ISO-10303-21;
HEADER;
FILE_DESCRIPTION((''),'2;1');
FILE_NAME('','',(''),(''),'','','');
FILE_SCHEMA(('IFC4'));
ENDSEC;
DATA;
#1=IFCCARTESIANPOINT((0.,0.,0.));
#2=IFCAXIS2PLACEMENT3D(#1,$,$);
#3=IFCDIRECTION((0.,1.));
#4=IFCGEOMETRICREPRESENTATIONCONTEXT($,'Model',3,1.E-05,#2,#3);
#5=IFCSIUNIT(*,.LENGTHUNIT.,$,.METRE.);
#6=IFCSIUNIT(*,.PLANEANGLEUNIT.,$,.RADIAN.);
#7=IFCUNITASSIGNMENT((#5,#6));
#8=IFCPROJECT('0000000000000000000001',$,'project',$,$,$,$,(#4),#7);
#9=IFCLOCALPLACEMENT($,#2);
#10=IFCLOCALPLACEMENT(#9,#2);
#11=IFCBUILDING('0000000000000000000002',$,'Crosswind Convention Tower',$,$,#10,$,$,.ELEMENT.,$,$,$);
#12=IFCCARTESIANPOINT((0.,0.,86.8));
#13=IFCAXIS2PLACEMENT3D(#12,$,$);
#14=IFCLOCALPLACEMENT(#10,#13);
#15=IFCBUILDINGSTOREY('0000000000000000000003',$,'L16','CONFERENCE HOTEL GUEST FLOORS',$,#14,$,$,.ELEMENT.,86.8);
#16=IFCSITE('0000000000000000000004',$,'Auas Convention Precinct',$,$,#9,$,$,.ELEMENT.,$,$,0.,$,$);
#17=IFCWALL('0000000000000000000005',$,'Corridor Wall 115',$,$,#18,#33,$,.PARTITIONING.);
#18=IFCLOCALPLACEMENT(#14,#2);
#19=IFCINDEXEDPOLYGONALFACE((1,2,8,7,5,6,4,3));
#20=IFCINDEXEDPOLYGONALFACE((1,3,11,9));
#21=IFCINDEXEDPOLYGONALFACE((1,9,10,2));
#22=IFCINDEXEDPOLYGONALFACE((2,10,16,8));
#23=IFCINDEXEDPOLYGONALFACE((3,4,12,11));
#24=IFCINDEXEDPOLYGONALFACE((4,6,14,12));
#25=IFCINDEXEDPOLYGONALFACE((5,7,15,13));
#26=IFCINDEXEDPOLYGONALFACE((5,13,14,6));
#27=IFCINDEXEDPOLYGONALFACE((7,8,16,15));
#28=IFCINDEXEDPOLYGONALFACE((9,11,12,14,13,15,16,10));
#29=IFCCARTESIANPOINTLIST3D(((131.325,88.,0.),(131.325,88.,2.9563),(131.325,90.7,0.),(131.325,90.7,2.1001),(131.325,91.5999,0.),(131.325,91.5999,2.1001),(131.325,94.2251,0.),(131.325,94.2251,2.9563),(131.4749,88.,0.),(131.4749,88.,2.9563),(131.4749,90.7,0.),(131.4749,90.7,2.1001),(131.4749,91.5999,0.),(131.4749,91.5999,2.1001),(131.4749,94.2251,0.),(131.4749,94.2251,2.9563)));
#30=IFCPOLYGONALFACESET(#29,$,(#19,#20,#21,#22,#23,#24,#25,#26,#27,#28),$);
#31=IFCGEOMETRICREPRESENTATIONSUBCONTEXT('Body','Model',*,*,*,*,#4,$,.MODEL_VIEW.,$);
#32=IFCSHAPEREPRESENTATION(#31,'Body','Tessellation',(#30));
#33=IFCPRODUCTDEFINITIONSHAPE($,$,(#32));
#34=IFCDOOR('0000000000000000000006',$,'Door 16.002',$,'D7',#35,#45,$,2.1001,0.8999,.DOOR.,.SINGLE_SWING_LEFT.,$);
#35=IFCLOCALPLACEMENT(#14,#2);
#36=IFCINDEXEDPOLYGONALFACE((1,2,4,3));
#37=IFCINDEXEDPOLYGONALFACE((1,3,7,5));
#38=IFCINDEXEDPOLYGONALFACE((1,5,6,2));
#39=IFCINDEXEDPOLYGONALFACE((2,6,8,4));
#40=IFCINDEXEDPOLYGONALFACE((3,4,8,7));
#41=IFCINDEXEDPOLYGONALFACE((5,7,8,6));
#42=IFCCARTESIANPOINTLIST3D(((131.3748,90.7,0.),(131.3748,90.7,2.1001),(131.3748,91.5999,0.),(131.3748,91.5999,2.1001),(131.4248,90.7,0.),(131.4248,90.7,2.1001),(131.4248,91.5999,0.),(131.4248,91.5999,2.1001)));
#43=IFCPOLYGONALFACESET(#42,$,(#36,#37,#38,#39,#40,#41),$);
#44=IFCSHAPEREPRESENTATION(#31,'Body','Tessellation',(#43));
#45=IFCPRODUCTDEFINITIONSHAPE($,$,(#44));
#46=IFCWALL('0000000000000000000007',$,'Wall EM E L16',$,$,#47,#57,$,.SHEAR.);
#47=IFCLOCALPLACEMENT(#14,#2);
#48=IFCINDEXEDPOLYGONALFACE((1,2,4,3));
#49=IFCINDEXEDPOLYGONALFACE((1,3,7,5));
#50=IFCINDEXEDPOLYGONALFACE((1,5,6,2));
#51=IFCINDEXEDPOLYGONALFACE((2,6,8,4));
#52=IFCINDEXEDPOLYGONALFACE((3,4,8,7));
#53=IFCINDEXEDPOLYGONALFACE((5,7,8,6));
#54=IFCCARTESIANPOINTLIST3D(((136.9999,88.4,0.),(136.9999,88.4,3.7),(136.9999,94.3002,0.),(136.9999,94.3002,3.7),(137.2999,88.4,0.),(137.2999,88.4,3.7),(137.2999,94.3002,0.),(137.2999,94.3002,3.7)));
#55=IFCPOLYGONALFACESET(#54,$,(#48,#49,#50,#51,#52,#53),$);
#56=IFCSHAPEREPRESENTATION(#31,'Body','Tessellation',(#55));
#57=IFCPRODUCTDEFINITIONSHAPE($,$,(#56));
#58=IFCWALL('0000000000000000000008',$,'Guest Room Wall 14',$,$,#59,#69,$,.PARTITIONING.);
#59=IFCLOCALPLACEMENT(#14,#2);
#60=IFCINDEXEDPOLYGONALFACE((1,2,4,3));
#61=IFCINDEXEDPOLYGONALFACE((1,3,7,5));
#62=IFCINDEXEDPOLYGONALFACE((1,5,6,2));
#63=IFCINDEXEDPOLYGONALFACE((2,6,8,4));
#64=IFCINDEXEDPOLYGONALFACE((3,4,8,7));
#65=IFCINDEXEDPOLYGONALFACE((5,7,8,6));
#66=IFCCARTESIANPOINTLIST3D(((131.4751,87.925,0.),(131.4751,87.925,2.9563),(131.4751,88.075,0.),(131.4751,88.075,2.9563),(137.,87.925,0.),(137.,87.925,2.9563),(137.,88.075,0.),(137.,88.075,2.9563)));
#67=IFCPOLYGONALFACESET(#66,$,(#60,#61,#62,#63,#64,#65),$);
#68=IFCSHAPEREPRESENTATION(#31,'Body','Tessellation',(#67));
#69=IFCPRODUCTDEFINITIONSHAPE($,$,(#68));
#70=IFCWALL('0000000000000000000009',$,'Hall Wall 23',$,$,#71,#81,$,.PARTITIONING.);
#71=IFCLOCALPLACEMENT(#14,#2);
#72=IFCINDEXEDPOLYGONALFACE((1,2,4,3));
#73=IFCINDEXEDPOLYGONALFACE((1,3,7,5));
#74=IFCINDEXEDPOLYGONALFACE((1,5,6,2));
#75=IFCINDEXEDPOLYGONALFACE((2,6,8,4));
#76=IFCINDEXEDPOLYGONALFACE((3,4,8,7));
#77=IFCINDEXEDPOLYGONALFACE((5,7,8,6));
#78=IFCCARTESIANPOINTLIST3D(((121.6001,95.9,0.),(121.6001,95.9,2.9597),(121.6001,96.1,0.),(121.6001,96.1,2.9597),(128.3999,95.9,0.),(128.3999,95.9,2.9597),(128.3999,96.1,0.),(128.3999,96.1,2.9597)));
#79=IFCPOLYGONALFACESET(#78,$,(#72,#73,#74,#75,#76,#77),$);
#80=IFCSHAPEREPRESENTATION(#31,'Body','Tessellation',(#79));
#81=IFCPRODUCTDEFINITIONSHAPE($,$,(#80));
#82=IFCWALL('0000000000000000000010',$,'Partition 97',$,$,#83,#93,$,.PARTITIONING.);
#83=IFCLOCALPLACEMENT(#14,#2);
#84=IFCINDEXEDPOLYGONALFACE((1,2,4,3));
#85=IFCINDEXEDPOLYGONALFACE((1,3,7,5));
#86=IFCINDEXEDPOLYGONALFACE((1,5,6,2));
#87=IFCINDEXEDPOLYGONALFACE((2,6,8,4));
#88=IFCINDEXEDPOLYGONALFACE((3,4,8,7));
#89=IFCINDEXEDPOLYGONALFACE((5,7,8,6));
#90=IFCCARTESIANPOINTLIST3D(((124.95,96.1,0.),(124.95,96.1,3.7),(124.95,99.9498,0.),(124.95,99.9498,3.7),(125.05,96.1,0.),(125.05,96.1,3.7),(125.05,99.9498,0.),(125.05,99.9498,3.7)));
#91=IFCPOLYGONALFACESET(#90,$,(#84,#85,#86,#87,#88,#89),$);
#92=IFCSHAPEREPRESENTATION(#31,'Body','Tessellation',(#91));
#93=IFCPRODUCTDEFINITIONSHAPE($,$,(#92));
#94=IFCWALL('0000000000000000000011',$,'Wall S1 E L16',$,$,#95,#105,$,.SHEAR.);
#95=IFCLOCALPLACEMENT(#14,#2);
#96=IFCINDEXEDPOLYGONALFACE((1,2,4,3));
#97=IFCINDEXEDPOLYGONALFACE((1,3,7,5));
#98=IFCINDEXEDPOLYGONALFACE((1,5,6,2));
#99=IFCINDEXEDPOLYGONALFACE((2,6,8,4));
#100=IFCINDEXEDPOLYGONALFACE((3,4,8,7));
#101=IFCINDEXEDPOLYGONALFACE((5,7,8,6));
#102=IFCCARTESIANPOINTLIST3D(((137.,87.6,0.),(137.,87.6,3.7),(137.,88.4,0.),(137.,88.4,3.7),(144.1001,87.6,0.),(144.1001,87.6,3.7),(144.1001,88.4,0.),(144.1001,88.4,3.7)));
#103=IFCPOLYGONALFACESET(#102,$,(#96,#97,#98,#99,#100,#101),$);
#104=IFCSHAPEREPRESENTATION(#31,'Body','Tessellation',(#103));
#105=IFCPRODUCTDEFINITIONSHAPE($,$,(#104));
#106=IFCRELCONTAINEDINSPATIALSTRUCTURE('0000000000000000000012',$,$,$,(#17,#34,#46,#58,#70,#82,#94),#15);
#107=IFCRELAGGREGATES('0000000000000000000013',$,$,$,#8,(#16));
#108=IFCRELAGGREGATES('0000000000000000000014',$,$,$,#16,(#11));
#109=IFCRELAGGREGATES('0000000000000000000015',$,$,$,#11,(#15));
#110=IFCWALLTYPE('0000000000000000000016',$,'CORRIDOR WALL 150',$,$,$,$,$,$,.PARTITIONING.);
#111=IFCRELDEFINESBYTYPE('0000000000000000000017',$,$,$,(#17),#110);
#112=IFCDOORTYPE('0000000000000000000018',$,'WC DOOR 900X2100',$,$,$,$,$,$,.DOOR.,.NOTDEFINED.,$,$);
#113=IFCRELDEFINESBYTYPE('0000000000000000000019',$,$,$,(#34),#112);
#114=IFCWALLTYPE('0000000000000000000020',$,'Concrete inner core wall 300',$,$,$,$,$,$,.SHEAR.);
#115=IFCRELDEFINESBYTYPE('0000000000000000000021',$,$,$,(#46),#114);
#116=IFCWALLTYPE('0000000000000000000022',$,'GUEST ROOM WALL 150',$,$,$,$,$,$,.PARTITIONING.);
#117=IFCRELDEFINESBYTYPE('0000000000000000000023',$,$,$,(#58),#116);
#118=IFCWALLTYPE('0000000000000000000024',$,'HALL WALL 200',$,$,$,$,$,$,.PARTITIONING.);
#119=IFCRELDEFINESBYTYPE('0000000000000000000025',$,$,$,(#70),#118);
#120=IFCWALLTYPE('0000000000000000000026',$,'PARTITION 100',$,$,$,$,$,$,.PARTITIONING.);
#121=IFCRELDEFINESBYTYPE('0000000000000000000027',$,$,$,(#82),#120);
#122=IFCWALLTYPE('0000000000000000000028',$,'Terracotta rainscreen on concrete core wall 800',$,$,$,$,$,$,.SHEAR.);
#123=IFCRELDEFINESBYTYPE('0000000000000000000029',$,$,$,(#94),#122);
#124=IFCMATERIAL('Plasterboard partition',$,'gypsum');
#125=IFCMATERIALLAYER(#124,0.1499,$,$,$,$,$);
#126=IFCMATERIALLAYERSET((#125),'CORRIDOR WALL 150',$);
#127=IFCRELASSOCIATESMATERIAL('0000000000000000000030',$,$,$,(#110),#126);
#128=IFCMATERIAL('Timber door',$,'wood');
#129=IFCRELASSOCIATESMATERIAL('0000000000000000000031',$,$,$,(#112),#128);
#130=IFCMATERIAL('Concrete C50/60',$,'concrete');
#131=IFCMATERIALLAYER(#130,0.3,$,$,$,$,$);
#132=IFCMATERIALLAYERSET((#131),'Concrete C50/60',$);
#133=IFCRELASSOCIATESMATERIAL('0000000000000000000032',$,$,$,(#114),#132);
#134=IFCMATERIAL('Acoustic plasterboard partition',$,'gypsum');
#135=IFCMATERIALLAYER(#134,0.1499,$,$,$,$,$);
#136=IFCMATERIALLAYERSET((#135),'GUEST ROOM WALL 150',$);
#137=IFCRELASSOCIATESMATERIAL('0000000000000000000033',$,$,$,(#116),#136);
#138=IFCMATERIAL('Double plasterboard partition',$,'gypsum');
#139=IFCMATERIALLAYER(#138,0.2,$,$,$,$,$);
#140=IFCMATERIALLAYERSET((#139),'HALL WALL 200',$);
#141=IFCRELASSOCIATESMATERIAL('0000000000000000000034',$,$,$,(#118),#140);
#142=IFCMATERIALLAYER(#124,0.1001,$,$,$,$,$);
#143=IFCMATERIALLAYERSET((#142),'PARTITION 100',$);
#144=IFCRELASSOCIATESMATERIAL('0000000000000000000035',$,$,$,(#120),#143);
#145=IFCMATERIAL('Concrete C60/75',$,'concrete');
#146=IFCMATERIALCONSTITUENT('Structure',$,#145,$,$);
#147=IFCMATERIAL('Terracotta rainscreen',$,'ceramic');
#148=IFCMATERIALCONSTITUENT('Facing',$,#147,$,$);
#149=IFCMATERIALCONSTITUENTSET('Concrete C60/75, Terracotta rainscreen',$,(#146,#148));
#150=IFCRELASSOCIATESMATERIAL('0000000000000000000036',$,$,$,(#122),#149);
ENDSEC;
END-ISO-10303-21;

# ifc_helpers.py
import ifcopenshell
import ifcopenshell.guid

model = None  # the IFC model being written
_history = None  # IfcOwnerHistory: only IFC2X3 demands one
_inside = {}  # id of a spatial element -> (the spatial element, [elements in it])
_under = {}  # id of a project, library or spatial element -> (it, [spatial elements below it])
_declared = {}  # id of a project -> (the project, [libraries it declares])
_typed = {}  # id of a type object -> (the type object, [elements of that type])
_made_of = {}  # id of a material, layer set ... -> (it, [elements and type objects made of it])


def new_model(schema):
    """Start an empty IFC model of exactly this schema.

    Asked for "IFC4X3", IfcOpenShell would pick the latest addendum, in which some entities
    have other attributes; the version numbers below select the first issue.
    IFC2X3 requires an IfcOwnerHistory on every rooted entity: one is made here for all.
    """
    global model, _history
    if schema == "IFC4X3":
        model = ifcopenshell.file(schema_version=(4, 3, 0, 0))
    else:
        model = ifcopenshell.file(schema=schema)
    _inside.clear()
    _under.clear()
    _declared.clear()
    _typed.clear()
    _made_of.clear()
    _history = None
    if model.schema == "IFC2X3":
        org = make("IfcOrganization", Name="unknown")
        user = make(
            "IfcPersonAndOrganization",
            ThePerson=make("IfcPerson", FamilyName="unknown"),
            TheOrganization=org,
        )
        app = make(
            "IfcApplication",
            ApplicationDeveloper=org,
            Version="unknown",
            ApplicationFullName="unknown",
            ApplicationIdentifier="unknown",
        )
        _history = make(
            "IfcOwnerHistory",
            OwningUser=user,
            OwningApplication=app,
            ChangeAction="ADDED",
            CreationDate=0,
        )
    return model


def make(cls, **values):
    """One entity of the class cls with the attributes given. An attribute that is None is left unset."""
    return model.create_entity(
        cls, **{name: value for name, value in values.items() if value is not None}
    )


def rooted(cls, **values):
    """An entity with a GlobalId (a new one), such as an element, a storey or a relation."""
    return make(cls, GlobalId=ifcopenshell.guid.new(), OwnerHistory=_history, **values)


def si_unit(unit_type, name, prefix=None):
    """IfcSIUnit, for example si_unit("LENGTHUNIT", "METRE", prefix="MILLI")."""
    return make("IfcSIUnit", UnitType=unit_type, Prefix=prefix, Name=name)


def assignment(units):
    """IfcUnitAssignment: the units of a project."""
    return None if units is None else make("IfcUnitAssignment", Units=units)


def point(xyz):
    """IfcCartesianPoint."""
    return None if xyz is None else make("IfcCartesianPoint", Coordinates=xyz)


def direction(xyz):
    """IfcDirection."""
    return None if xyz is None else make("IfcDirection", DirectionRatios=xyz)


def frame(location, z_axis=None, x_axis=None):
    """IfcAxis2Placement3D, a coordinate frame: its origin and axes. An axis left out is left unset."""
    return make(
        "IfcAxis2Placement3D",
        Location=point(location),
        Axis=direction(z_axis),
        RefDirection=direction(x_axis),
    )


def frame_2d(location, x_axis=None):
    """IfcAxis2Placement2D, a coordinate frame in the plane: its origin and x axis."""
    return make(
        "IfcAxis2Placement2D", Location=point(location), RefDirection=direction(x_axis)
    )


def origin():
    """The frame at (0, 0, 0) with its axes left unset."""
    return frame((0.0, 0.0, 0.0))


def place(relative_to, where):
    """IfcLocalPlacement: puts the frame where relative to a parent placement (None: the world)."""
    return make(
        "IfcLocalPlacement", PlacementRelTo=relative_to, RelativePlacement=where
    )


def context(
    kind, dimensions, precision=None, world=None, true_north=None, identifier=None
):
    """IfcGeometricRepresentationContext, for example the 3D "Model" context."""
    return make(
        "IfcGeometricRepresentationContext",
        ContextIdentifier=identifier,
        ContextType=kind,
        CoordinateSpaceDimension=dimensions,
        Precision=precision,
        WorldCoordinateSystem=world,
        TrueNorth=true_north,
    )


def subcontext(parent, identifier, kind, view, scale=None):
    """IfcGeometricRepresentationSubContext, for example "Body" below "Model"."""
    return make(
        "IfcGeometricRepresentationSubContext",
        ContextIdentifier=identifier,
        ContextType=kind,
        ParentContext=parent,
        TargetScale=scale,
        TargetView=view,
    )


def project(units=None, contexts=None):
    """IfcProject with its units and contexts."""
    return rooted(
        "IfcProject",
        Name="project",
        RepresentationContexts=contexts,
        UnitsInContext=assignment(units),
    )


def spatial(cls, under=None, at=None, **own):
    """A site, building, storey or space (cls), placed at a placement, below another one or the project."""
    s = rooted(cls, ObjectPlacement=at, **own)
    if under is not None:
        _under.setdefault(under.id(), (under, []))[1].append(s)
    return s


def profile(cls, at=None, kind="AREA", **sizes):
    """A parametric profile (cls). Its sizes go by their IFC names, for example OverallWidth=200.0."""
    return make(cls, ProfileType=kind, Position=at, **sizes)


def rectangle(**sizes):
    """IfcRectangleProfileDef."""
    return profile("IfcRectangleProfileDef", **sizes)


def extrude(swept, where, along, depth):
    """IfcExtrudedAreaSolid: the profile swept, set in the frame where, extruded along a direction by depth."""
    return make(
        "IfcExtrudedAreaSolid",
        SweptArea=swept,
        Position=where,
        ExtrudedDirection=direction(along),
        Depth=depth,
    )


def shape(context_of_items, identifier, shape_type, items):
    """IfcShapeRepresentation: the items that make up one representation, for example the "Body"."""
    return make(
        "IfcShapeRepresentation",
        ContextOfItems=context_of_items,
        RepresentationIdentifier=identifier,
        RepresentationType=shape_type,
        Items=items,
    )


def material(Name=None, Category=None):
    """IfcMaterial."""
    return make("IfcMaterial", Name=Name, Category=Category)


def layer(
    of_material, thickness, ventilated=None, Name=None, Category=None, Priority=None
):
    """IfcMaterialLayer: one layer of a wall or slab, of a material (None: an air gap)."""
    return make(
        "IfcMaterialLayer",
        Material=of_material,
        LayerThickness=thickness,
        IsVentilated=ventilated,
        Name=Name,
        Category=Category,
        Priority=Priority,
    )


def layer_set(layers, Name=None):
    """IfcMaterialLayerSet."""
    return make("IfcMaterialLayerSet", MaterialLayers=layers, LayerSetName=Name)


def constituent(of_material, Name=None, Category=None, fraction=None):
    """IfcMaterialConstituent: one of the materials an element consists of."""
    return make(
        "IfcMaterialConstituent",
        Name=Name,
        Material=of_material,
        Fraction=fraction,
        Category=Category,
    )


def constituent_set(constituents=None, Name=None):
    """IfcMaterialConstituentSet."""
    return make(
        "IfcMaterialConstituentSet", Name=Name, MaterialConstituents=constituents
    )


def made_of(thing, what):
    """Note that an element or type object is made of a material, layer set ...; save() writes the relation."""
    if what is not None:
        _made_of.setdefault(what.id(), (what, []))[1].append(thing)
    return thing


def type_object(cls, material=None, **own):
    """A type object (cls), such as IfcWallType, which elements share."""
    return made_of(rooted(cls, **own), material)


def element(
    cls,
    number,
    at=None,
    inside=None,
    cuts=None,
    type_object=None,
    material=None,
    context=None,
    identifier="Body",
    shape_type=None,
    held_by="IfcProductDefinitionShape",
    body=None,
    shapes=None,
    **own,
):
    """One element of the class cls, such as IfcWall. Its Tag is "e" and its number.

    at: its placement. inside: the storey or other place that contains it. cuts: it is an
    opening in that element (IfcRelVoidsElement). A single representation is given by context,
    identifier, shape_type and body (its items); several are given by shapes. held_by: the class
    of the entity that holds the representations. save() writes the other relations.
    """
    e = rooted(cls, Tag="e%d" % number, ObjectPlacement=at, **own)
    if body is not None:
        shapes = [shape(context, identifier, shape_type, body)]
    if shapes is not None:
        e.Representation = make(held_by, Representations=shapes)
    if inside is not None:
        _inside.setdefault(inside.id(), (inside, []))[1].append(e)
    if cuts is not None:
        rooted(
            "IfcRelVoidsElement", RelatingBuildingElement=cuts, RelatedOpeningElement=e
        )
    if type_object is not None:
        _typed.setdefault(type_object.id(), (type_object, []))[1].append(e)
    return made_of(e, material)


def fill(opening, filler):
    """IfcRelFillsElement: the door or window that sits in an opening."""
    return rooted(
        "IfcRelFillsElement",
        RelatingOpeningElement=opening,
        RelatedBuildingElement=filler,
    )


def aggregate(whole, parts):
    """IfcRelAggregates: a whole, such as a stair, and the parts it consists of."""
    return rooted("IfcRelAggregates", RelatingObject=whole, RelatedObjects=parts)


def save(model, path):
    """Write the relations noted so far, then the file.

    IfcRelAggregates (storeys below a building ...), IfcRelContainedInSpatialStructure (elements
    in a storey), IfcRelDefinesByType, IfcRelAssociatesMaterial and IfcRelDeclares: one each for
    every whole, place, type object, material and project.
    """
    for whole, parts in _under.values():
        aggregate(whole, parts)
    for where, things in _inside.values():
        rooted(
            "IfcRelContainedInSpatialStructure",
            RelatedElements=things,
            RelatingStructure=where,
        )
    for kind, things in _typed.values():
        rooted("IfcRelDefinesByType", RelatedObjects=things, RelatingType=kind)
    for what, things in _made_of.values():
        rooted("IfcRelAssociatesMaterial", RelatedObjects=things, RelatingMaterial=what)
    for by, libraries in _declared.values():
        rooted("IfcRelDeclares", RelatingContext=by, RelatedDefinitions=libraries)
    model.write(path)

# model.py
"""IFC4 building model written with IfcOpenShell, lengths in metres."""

from ifc_helpers import new_model, si_unit, direction, frame, frame_2d, origin, place, context, subcontext, project, spatial, rectangle, extrude, material, layer, layer_set, constituent, constituent_set, type_object, element, fill, save


model = new_model("IFC4")

# Units and contexts
model_context = context("Model", 3, precision=1e-05, world=origin(), true_north=direction((0.0, 1.0)))
body_context = subcontext(model_context, "Body", "Model", "MODEL_VIEW")
ifc_project = project(units=[si_unit("LENGTHUNIT", "METRE"), si_unit("PLANEANGLEUNIT", "RADIAN")], contexts=[model_context])

# Site, building, storey
site_placement = place(None, origin())
site = spatial("IfcSite", under=ifc_project, at=site_placement, Name="Auas Convention Precinct", CompositionType="ELEMENT", RefElevation=0.0)
building_placement = place(site_placement, origin())
building = spatial("IfcBuilding", under=site, at=building_placement, Name="Crosswind Convention Tower", CompositionType="ELEMENT")
storey_placement = place(building_placement, frame((0.0, 0.0, 86.8)))
storey = spatial("IfcBuildingStorey", under=building, at=storey_placement, Name="L16", Description="CONFERENCE HOTEL GUEST FLOORS", CompositionType="ELEMENT", Elevation=86.8)

# Shared definitions
ifc_material_1 = material(Name="Plasterboard partition", Category="gypsum")
ifc_layer_1 = layer(ifc_material_1, 0.1499)
ifc_layer_set_1 = layer_set([ifc_layer_1], Name="CORRIDOR WALL 150")
wall_type_1 = type_object("IfcWallType", Name="CORRIDOR WALL 150", PredefinedType="PARTITIONING", material=ifc_layer_set_1)

# Wall, opening, door
wall_1_placement = place(storey_placement, frame((131.3999, 88.0, 0.0), z_axis=(0.0, 0.0, 1.0), x_axis=(0.0, 1.0, 0.0)))
wall_1 = element("IfcWall", 1, at=wall_1_placement, inside=storey, type_object=wall_type_1, Name="Corridor Wall 115", PredefinedType="PARTITIONING", context=body_context, shape_type="SweptSolid", body=[
    extrude(rectangle(XDim=6.2251, YDim=0.1499, at=frame_2d((3.1125, 0.0))), origin(), (0.0, 0.0, 1.0), 2.9563),
])
opening_1_placement = place(wall_1_placement, frame((2.7, 0.0, 0.0)))
opening_1 = element("IfcOpeningElement", 2, at=opening_1_placement, cuts=wall_1, PredefinedType="OPENING", context=body_context, shape_type="SweptSolid", body=[
    extrude(rectangle(XDim=0.8999, YDim=2.1001, at=frame_2d((0.45, 1.05))), frame((0.0, 0.085, 0.0), z_axis=(0.0, -1.0, 0.0), x_axis=(1.0, 0.0, 0.0)), (0.0, 0.0, 1.0), 0.1699),
])
ifc_material_2 = material(Name="Timber door", Category="wood")
door_type_1 = type_object("IfcDoorType", Name="WC DOOR 900X2100", OperationType="NOTDEFINED", PredefinedType="DOOR", material=ifc_material_2)
door_1_placement = place(opening_1_placement, frame((0.8999, 0.0, 0.0), z_axis=(0.0, 0.0, 1.0), x_axis=(-1.0, 0.0, 0.0)))
door_1 = element("IfcDoor", 3, at=door_1_placement, inside=storey, type_object=door_type_1, Name="Door 16.002", ObjectType="D7", OperationType="SINGLE_SWING_LEFT", OverallHeight=2.1001, OverallWidth=0.8999, PredefinedType="DOOR", context=body_context, shape_type="SweptSolid", body=[
    extrude(rectangle(XDim=0.8999, YDim=2.1001, at=frame_2d((0.45, 1.05))), frame((0.0, 0.0249, 0.0), z_axis=(0.0, -1.0, 0.0), x_axis=(1.0, 0.0, 0.0)), (0.0, 0.0, 1.0), 0.05),
])
fill(opening_1, door_1)

# Shared definitions
ifc_material_3 = material(Name="Concrete C50/60", Category="concrete")
ifc_layer_2 = layer(ifc_material_3, 0.3)
ifc_layer_set_2 = layer_set([ifc_layer_2], Name="Concrete C50/60")
wall_type_2 = type_object("IfcWallType", Name="Concrete inner core wall 300", PredefinedType="SHEAR", material=ifc_layer_set_2)

# Walls
wall_2_placement = place(storey_placement, frame((137.1499, 88.3999, 0.0), z_axis=(0.0, 0.0, 1.0), x_axis=(0.0, 1.0, 0.0)))
element("IfcWall", 4, at=wall_2_placement, inside=storey, type_object=wall_type_2, Name="Wall EM E L16", PredefinedType="SHEAR", context=body_context, shape_type="SweptSolid", body=[
    extrude(rectangle(XDim=5.9001, YDim=0.3, at=frame_2d((2.9502, 0.0))), origin(), (0.0, 0.0, 1.0), 3.7),
])
ifc_material_4 = material(Name="Acoustic plasterboard partition", Category="gypsum")
ifc_layer_3 = layer(ifc_material_4, 0.1499)
ifc_layer_set_3 = layer_set([ifc_layer_3], Name="GUEST ROOM WALL 150")
wall_type_3 = type_object("IfcWallType", Name="GUEST ROOM WALL 150", PredefinedType="PARTITIONING", material=ifc_layer_set_3)
wall_3_placement = place(storey_placement, frame((131.4751, 88.0, 0.0), z_axis=(0.0, 0.0, 1.0), x_axis=(1.0, 0.0, 0.0)))
element("IfcWall", 5, at=wall_3_placement, inside=storey, type_object=wall_type_3, Name="Guest Room Wall 14", PredefinedType="PARTITIONING", context=body_context, shape_type="SweptSolid", body=[
    extrude(rectangle(XDim=5.5249, YDim=0.1499, at=frame_2d((2.7625, 0.0))), origin(), (0.0, 0.0, 1.0), 2.9563),
])
ifc_material_5 = material(Name="Double plasterboard partition", Category="gypsum")
ifc_layer_4 = layer(ifc_material_5, 0.2)
ifc_layer_set_4 = layer_set([ifc_layer_4], Name="HALL WALL 200")
wall_type_4 = type_object("IfcWallType", Name="HALL WALL 200", PredefinedType="PARTITIONING", material=ifc_layer_set_4)
wall_4_placement = place(storey_placement, frame((121.6001, 96.0, 0.0), z_axis=(0.0, 0.0, 1.0), x_axis=(1.0, 0.0, 0.0)))
element("IfcWall", 6, at=wall_4_placement, inside=storey, type_object=wall_type_4, Name="Hall Wall 23", PredefinedType="PARTITIONING", context=body_context, shape_type="SweptSolid", body=[
    extrude(rectangle(XDim=6.7998, YDim=0.2, at=frame_2d((3.3999, 0.0))), origin(), (0.0, 0.0, 1.0), 2.9597),
])

# Walls
ifc_layer_5 = layer(ifc_material_1, 0.1001)
ifc_layer_set_5 = layer_set([ifc_layer_5], Name="PARTITION 100")
wall_type_5 = type_object("IfcWallType", Name="PARTITION 100", PredefinedType="PARTITIONING", material=ifc_layer_set_5)
wall_5_placement = place(storey_placement, frame((125.0, 96.1001, 0.0), z_axis=(0.0, 0.0, 1.0), x_axis=(0.0, 1.0, 0.0)))
element("IfcWall", 7, at=wall_5_placement, inside=storey, type_object=wall_type_5, Name="Partition 97", PredefinedType="PARTITIONING", context=body_context, shape_type="SweptSolid", body=[
    extrude(rectangle(XDim=3.8499, YDim=0.1001, at=frame_2d((1.9248, 0.0))), origin(), (0.0, 0.0, 1.0), 3.7),
])
ifc_material_6 = material(Name="Concrete C60/75", Category="concrete")
ifc_constituent_1 = constituent(ifc_material_6, Name="Structure")
ifc_material_7 = material(Name="Terracotta rainscreen", Category="ceramic")
ifc_constituent_2 = constituent(ifc_material_7, Name="Facing")
ifc_constituent_set = constituent_set(constituents=[ifc_constituent_1, ifc_constituent_2], Name="Concrete C60/75, Terracotta rainscreen")
wall_type_6 = type_object("IfcWallType", Name="Terracotta rainscreen on concrete core wall 800", PredefinedType="SHEAR", material=ifc_constituent_set)
wall_6_placement = place(storey_placement, frame((137.0, 88.0, 0.0), z_axis=(0.0, 0.0, 1.0), x_axis=(1.0, 0.0, 0.0)))
element("IfcWall", 8, at=wall_6_placement, inside=storey, type_object=wall_type_6, Name="Wall S1 E L16", PredefinedType="SHEAR", context=body_context, shape_type="SweptSolid", body=[
    extrude(rectangle(XDim=7.1001, YDim=0.8, at=frame_2d((3.55, 0.0))), origin(), (0.0, 0.0, 1.0), 3.7),
])

save(model, "model.ifc")
